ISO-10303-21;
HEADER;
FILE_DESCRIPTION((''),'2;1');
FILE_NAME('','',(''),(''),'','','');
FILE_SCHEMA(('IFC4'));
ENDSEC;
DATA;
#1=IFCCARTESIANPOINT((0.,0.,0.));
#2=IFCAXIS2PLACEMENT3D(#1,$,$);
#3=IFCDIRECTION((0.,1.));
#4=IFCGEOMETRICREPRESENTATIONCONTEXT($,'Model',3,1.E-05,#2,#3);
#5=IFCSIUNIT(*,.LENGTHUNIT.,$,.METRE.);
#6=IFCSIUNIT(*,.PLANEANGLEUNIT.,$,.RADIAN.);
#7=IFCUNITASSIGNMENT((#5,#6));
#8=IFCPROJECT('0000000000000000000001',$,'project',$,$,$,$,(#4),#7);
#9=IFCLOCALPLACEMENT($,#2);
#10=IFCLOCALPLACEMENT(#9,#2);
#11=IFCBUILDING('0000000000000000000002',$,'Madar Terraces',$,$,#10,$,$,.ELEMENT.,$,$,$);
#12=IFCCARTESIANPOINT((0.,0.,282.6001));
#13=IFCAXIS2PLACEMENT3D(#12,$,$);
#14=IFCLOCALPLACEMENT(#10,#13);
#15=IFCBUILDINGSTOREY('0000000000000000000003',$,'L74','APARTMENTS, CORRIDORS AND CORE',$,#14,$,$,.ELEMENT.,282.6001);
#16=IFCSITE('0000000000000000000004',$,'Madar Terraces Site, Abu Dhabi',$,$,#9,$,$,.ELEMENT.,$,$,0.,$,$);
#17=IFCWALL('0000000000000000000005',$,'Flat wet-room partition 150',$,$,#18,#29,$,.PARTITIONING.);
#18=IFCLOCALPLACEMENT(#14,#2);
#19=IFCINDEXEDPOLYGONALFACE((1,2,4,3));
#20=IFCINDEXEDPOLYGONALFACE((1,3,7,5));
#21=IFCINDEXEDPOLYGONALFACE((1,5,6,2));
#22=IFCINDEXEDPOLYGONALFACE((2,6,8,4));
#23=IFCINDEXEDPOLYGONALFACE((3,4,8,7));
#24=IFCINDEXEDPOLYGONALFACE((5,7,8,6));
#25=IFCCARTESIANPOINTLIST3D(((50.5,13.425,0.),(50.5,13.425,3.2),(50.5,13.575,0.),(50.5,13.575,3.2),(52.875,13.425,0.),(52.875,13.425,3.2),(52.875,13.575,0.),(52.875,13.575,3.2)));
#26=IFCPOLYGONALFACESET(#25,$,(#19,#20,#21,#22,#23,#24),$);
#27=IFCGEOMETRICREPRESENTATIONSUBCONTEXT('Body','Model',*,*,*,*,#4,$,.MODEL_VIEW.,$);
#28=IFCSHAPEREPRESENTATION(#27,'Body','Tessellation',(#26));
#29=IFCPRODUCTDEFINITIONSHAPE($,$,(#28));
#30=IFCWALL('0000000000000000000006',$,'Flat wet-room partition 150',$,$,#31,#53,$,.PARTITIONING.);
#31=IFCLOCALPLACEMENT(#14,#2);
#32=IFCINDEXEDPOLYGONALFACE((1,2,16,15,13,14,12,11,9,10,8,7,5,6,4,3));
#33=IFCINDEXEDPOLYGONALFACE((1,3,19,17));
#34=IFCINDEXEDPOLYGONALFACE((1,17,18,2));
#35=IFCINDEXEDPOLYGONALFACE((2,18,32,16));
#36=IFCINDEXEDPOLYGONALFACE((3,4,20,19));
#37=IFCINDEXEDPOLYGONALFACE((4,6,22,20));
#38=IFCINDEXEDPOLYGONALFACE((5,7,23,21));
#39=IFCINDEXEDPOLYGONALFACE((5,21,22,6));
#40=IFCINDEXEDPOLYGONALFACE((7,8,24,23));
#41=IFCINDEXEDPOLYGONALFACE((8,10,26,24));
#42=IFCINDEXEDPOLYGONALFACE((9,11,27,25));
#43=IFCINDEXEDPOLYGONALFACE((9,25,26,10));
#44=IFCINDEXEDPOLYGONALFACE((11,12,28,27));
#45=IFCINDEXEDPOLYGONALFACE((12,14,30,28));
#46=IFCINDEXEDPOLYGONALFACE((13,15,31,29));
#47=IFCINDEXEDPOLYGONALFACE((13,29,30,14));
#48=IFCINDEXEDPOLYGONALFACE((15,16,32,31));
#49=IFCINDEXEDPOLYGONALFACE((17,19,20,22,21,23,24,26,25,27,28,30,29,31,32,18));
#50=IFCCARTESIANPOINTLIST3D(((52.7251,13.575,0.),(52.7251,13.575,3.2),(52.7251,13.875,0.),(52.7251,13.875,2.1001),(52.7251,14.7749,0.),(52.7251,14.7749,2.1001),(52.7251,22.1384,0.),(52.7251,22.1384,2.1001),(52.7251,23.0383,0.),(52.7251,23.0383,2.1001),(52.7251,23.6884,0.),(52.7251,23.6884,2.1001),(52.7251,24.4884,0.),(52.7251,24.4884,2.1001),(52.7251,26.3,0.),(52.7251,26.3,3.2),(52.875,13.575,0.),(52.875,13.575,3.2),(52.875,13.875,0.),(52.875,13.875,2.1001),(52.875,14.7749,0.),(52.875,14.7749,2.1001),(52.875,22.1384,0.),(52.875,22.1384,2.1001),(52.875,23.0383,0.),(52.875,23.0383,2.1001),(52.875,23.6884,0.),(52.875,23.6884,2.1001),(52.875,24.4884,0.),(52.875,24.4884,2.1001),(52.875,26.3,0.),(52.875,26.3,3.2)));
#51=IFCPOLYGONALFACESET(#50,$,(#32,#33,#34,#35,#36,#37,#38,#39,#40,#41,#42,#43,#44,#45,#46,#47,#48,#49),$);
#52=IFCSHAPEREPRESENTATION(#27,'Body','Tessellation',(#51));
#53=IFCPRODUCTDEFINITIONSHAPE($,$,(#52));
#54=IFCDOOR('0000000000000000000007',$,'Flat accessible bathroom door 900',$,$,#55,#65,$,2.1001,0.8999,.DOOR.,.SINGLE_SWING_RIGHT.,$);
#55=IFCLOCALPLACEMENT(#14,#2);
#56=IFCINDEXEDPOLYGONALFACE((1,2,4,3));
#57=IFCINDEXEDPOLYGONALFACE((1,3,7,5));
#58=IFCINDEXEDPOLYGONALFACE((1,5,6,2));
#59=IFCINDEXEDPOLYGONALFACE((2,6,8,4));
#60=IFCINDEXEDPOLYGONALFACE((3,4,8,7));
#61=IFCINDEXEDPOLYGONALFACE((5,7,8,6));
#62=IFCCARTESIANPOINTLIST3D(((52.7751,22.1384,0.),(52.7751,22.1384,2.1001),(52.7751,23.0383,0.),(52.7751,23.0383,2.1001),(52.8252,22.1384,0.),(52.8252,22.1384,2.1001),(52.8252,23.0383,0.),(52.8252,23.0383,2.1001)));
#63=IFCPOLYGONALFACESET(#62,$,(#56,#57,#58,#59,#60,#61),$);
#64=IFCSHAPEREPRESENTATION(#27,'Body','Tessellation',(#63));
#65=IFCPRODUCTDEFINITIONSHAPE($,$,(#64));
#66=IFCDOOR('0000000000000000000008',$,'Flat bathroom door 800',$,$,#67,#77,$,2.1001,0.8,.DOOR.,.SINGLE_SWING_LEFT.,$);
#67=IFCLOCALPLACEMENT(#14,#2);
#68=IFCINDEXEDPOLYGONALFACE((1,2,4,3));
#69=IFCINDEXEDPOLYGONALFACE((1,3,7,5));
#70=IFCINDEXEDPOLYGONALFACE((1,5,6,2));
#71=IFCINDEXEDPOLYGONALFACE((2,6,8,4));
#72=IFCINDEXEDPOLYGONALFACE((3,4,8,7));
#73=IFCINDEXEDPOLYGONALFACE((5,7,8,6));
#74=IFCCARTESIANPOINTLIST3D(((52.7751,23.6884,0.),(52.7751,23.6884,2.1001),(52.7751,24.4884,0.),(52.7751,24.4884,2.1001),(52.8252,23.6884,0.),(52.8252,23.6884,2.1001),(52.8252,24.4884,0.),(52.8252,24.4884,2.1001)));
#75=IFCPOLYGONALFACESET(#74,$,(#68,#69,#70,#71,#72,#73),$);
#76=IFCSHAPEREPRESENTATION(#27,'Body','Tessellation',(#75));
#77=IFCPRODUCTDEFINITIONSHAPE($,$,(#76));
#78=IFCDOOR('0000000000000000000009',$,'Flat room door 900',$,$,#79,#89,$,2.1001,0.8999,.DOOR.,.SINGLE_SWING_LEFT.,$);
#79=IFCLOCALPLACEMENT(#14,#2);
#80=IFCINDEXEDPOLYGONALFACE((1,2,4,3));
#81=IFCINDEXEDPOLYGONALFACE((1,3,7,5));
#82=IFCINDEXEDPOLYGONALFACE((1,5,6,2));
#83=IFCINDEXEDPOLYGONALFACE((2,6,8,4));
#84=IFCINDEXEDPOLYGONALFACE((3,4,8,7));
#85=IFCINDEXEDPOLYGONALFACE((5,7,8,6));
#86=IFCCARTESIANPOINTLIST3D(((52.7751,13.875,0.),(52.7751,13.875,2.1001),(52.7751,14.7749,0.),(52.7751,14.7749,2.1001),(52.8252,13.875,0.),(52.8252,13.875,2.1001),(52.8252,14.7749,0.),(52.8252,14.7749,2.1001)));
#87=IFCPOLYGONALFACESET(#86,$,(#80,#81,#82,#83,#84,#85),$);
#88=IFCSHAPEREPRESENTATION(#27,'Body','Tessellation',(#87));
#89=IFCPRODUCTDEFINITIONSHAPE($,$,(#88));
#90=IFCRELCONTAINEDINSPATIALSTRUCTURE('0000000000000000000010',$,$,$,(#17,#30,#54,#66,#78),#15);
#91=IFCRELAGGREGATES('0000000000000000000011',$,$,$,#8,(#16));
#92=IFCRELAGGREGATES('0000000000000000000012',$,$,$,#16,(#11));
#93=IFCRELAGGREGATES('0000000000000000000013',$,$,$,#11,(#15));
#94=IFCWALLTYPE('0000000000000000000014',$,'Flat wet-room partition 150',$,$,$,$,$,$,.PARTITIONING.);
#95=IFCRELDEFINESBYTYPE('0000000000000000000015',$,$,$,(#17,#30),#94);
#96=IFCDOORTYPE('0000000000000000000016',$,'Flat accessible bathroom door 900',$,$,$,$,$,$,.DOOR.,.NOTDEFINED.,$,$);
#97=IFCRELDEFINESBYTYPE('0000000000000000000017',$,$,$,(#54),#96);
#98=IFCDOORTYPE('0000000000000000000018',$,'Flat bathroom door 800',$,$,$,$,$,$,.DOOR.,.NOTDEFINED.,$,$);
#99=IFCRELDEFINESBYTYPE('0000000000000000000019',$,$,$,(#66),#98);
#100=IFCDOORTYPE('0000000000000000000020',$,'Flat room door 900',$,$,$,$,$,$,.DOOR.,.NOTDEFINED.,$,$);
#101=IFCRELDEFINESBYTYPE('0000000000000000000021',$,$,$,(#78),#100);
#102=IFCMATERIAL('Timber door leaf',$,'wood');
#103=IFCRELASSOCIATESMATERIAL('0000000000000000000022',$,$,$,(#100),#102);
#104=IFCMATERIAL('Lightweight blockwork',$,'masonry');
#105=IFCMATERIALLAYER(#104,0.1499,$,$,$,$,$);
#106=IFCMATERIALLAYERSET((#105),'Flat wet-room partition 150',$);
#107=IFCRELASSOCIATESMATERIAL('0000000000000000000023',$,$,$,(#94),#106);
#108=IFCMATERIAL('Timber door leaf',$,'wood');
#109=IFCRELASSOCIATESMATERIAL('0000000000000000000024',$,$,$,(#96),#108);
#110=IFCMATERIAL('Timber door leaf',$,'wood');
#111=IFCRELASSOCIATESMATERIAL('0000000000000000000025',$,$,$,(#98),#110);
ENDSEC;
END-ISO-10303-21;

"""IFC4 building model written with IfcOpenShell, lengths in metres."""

from ifc_helpers import new_model, si_unit, direction, frame, frame_2d, origin, place, context, subcontext, project, spatial, rectangle, extrude, material, layer, layer_set, type_object, element, fill, save


model = new_model("IFC4")

# Units and contexts
model_context = context("Model", 3, precision=1e-05, world=origin(), true_north=direction((0.0, 1.0)))
body_context = subcontext(model_context, "Body", "Model", "MODEL_VIEW")
ifc_project = project(units=[si_unit("LENGTHUNIT", "METRE"), si_unit("PLANEANGLEUNIT", "RADIAN")], contexts=[model_context])

# Site, building, storey
site_placement = place(None, origin())
site = spatial("IfcSite", under=ifc_project, at=site_placement, Name="Madar Terraces Site, Abu Dhabi", CompositionType="ELEMENT", RefElevation=0.0)
building_placement = place(site_placement, origin())
building = spatial("IfcBuilding", under=site, at=building_placement, Name="Madar Terraces", CompositionType="ELEMENT")
storey_placement = place(building_placement, frame((0.0, 0.0, 282.6001)))
storey = spatial("IfcBuildingStorey", under=building, at=storey_placement, Name="L74", Description="APARTMENTS, CORRIDORS AND CORE", CompositionType="ELEMENT", Elevation=282.6001)

# Shared definitions
ifc_material_1 = material(Name="Timber door leaf", Category="wood")
door_type_1 = type_object("IfcDoorType", Name="Flat room door 900", OperationType="NOTDEFINED", PredefinedType="DOOR", material=ifc_material_1)

# Wall
ifc_material_2 = material(Name="Lightweight blockwork", Category="masonry")
ifc_layer_1 = layer(ifc_material_2, 0.1499)
ifc_layer_set_1 = layer_set([ifc_layer_1], Name="Flat wet-room partition 150")
wall_type_1 = type_object("IfcWallType", Name="Flat wet-room partition 150", PredefinedType="PARTITIONING", material=ifc_layer_set_1)
wall_1_placement = place(storey_placement, frame((50.5, 13.5, 0.0), z_axis=(0.0, 0.0, 1.0), x_axis=(1.0, 0.0, 0.0)))
element("IfcWall", 1, at=wall_1_placement, inside=storey, type_object=wall_type_1, Name="Flat wet-room partition 150", PredefinedType="PARTITIONING", context=body_context, shape_type="SweptSolid", body=[
    extrude(rectangle(XDim=2.375, YDim=0.1499, at=frame_2d((1.1875, 0.0))), origin(), (0.0, 0.0, 1.0), 3.2),
])

# Wall, openings, doors
wall_2_placement = place(storey_placement, frame((52.8, 13.575, 0.0), z_axis=(0.0, 0.0, 1.0), x_axis=(0.0, 1.0, 0.0)))
wall_2 = element("IfcWall", 2, at=wall_2_placement, inside=storey, type_object=wall_type_1, Name="Flat wet-room partition 150", PredefinedType="PARTITIONING", context=body_context, shape_type="SweptSolid", body=[
    extrude(rectangle(XDim=12.7251, YDim=0.1499, at=frame_2d((6.3625, 0.0))), origin(), (0.0, 0.0, 1.0), 3.2),
])
opening_1_placement = place(wall_2_placement, frame((0.3, 0.0, 0.0)))
opening_1 = element("IfcOpeningElement", 3, at=opening_1_placement, cuts=wall_2, PredefinedType="OPENING", context=body_context, shape_type="SweptSolid", body=[
    extrude(rectangle(XDim=0.8999, YDim=2.1001, at=frame_2d((0.45, 1.05))), frame((0.0, 0.085, 0.0), z_axis=(0.0, -1.0, 0.0), x_axis=(1.0, 0.0, 0.0)), (0.0, 0.0, 1.0), 0.1699),
])
opening_2_placement = place(wall_2_placement, frame((8.5635, 0.0, 0.0)))
opening_2 = element("IfcOpeningElement", 4, at=opening_2_placement, cuts=wall_2, PredefinedType="OPENING", context=body_context, shape_type="SweptSolid", body=[
    extrude(rectangle(XDim=0.8999, YDim=2.1001, at=frame_2d((0.45, 1.05))), frame((0.0, 0.085, 0.0), z_axis=(0.0, -1.0, 0.0), x_axis=(1.0, 0.0, 0.0)), (0.0, 0.0, 1.0), 0.1699),
])
opening_3_placement = place(wall_2_placement, frame((10.1135, 0.0, 0.0)))
opening_3 = element("IfcOpeningElement", 5, at=opening_3_placement, cuts=wall_2, PredefinedType="OPENING", context=body_context, shape_type="SweptSolid", body=[
    extrude(rectangle(XDim=0.8, YDim=2.1001, at=frame_2d((0.3999, 1.05))), frame((0.0, 0.085, 0.0), z_axis=(0.0, -1.0, 0.0), x_axis=(1.0, 0.0, 0.0)), (0.0, 0.0, 1.0), 0.1699),
])
ifc_material_3 = material(Name="Timber door leaf", Category="wood")
door_type_2 = type_object("IfcDoorType", Name="Flat accessible bathroom door 900", OperationType="NOTDEFINED", PredefinedType="DOOR", material=ifc_material_3)
door_1_placement = place(opening_2_placement, origin())
door_1 = element("IfcDoor", 6, at=door_1_placement, inside=storey, type_object=door_type_2, Name="Flat accessible bathroom door 900", OperationType="SINGLE_SWING_RIGHT", OverallHeight=2.1001, OverallWidth=0.8999, PredefinedType="DOOR", context=body_context, shape_type="SweptSolid", body=[
    extrude(rectangle(XDim=0.8999, YDim=2.1001, at=frame_2d((0.45, 1.05))), frame((0.0, 0.0249, 0.0), z_axis=(0.0, -1.0, 0.0), x_axis=(1.0, 0.0, 0.0)), (0.0, 0.0, 1.0), 0.05),
])
fill(opening_2, door_1)
ifc_material_4 = material(Name="Timber door leaf", Category="wood")
door_type_3 = type_object("IfcDoorType", Name="Flat bathroom door 800", OperationType="NOTDEFINED", PredefinedType="DOOR", material=ifc_material_4)
door_2_placement = place(opening_3_placement, origin())
door_2 = element("IfcDoor", 7, at=door_2_placement, inside=storey, type_object=door_type_3, Name="Flat bathroom door 800", OperationType="SINGLE_SWING_LEFT", OverallHeight=2.1001, OverallWidth=0.8, PredefinedType="DOOR", context=body_context, shape_type="SweptSolid", body=[
    extrude(rectangle(XDim=0.8, YDim=2.1001, at=frame_2d((0.3999, 1.05))), frame((0.0, 0.0249, 0.0), z_axis=(0.0, -1.0, 0.0), x_axis=(1.0, 0.0, 0.0)), (0.0, 0.0, 1.0), 0.05),
])
fill(opening_3, door_2)
door_3_placement = place(opening_1_placement, origin())
door_3 = element("IfcDoor", 8, at=door_3_placement, inside=storey, type_object=door_type_1, Name="Flat room door 900", OperationType="SINGLE_SWING_LEFT", OverallHeight=2.1001, OverallWidth=0.8999, PredefinedType="DOOR", context=body_context, shape_type="SweptSolid", body=[
    extrude(rectangle(XDim=0.8999, YDim=2.1001, at=frame_2d((0.45, 1.05))), frame((0.0, 0.0249, 0.0), z_axis=(0.0, -1.0, 0.0), x_axis=(1.0, 0.0, 0.0)), (0.0, 0.0, 1.0), 0.05),
])
fill(opening_1, door_3)

save(model, "model.ifc")
